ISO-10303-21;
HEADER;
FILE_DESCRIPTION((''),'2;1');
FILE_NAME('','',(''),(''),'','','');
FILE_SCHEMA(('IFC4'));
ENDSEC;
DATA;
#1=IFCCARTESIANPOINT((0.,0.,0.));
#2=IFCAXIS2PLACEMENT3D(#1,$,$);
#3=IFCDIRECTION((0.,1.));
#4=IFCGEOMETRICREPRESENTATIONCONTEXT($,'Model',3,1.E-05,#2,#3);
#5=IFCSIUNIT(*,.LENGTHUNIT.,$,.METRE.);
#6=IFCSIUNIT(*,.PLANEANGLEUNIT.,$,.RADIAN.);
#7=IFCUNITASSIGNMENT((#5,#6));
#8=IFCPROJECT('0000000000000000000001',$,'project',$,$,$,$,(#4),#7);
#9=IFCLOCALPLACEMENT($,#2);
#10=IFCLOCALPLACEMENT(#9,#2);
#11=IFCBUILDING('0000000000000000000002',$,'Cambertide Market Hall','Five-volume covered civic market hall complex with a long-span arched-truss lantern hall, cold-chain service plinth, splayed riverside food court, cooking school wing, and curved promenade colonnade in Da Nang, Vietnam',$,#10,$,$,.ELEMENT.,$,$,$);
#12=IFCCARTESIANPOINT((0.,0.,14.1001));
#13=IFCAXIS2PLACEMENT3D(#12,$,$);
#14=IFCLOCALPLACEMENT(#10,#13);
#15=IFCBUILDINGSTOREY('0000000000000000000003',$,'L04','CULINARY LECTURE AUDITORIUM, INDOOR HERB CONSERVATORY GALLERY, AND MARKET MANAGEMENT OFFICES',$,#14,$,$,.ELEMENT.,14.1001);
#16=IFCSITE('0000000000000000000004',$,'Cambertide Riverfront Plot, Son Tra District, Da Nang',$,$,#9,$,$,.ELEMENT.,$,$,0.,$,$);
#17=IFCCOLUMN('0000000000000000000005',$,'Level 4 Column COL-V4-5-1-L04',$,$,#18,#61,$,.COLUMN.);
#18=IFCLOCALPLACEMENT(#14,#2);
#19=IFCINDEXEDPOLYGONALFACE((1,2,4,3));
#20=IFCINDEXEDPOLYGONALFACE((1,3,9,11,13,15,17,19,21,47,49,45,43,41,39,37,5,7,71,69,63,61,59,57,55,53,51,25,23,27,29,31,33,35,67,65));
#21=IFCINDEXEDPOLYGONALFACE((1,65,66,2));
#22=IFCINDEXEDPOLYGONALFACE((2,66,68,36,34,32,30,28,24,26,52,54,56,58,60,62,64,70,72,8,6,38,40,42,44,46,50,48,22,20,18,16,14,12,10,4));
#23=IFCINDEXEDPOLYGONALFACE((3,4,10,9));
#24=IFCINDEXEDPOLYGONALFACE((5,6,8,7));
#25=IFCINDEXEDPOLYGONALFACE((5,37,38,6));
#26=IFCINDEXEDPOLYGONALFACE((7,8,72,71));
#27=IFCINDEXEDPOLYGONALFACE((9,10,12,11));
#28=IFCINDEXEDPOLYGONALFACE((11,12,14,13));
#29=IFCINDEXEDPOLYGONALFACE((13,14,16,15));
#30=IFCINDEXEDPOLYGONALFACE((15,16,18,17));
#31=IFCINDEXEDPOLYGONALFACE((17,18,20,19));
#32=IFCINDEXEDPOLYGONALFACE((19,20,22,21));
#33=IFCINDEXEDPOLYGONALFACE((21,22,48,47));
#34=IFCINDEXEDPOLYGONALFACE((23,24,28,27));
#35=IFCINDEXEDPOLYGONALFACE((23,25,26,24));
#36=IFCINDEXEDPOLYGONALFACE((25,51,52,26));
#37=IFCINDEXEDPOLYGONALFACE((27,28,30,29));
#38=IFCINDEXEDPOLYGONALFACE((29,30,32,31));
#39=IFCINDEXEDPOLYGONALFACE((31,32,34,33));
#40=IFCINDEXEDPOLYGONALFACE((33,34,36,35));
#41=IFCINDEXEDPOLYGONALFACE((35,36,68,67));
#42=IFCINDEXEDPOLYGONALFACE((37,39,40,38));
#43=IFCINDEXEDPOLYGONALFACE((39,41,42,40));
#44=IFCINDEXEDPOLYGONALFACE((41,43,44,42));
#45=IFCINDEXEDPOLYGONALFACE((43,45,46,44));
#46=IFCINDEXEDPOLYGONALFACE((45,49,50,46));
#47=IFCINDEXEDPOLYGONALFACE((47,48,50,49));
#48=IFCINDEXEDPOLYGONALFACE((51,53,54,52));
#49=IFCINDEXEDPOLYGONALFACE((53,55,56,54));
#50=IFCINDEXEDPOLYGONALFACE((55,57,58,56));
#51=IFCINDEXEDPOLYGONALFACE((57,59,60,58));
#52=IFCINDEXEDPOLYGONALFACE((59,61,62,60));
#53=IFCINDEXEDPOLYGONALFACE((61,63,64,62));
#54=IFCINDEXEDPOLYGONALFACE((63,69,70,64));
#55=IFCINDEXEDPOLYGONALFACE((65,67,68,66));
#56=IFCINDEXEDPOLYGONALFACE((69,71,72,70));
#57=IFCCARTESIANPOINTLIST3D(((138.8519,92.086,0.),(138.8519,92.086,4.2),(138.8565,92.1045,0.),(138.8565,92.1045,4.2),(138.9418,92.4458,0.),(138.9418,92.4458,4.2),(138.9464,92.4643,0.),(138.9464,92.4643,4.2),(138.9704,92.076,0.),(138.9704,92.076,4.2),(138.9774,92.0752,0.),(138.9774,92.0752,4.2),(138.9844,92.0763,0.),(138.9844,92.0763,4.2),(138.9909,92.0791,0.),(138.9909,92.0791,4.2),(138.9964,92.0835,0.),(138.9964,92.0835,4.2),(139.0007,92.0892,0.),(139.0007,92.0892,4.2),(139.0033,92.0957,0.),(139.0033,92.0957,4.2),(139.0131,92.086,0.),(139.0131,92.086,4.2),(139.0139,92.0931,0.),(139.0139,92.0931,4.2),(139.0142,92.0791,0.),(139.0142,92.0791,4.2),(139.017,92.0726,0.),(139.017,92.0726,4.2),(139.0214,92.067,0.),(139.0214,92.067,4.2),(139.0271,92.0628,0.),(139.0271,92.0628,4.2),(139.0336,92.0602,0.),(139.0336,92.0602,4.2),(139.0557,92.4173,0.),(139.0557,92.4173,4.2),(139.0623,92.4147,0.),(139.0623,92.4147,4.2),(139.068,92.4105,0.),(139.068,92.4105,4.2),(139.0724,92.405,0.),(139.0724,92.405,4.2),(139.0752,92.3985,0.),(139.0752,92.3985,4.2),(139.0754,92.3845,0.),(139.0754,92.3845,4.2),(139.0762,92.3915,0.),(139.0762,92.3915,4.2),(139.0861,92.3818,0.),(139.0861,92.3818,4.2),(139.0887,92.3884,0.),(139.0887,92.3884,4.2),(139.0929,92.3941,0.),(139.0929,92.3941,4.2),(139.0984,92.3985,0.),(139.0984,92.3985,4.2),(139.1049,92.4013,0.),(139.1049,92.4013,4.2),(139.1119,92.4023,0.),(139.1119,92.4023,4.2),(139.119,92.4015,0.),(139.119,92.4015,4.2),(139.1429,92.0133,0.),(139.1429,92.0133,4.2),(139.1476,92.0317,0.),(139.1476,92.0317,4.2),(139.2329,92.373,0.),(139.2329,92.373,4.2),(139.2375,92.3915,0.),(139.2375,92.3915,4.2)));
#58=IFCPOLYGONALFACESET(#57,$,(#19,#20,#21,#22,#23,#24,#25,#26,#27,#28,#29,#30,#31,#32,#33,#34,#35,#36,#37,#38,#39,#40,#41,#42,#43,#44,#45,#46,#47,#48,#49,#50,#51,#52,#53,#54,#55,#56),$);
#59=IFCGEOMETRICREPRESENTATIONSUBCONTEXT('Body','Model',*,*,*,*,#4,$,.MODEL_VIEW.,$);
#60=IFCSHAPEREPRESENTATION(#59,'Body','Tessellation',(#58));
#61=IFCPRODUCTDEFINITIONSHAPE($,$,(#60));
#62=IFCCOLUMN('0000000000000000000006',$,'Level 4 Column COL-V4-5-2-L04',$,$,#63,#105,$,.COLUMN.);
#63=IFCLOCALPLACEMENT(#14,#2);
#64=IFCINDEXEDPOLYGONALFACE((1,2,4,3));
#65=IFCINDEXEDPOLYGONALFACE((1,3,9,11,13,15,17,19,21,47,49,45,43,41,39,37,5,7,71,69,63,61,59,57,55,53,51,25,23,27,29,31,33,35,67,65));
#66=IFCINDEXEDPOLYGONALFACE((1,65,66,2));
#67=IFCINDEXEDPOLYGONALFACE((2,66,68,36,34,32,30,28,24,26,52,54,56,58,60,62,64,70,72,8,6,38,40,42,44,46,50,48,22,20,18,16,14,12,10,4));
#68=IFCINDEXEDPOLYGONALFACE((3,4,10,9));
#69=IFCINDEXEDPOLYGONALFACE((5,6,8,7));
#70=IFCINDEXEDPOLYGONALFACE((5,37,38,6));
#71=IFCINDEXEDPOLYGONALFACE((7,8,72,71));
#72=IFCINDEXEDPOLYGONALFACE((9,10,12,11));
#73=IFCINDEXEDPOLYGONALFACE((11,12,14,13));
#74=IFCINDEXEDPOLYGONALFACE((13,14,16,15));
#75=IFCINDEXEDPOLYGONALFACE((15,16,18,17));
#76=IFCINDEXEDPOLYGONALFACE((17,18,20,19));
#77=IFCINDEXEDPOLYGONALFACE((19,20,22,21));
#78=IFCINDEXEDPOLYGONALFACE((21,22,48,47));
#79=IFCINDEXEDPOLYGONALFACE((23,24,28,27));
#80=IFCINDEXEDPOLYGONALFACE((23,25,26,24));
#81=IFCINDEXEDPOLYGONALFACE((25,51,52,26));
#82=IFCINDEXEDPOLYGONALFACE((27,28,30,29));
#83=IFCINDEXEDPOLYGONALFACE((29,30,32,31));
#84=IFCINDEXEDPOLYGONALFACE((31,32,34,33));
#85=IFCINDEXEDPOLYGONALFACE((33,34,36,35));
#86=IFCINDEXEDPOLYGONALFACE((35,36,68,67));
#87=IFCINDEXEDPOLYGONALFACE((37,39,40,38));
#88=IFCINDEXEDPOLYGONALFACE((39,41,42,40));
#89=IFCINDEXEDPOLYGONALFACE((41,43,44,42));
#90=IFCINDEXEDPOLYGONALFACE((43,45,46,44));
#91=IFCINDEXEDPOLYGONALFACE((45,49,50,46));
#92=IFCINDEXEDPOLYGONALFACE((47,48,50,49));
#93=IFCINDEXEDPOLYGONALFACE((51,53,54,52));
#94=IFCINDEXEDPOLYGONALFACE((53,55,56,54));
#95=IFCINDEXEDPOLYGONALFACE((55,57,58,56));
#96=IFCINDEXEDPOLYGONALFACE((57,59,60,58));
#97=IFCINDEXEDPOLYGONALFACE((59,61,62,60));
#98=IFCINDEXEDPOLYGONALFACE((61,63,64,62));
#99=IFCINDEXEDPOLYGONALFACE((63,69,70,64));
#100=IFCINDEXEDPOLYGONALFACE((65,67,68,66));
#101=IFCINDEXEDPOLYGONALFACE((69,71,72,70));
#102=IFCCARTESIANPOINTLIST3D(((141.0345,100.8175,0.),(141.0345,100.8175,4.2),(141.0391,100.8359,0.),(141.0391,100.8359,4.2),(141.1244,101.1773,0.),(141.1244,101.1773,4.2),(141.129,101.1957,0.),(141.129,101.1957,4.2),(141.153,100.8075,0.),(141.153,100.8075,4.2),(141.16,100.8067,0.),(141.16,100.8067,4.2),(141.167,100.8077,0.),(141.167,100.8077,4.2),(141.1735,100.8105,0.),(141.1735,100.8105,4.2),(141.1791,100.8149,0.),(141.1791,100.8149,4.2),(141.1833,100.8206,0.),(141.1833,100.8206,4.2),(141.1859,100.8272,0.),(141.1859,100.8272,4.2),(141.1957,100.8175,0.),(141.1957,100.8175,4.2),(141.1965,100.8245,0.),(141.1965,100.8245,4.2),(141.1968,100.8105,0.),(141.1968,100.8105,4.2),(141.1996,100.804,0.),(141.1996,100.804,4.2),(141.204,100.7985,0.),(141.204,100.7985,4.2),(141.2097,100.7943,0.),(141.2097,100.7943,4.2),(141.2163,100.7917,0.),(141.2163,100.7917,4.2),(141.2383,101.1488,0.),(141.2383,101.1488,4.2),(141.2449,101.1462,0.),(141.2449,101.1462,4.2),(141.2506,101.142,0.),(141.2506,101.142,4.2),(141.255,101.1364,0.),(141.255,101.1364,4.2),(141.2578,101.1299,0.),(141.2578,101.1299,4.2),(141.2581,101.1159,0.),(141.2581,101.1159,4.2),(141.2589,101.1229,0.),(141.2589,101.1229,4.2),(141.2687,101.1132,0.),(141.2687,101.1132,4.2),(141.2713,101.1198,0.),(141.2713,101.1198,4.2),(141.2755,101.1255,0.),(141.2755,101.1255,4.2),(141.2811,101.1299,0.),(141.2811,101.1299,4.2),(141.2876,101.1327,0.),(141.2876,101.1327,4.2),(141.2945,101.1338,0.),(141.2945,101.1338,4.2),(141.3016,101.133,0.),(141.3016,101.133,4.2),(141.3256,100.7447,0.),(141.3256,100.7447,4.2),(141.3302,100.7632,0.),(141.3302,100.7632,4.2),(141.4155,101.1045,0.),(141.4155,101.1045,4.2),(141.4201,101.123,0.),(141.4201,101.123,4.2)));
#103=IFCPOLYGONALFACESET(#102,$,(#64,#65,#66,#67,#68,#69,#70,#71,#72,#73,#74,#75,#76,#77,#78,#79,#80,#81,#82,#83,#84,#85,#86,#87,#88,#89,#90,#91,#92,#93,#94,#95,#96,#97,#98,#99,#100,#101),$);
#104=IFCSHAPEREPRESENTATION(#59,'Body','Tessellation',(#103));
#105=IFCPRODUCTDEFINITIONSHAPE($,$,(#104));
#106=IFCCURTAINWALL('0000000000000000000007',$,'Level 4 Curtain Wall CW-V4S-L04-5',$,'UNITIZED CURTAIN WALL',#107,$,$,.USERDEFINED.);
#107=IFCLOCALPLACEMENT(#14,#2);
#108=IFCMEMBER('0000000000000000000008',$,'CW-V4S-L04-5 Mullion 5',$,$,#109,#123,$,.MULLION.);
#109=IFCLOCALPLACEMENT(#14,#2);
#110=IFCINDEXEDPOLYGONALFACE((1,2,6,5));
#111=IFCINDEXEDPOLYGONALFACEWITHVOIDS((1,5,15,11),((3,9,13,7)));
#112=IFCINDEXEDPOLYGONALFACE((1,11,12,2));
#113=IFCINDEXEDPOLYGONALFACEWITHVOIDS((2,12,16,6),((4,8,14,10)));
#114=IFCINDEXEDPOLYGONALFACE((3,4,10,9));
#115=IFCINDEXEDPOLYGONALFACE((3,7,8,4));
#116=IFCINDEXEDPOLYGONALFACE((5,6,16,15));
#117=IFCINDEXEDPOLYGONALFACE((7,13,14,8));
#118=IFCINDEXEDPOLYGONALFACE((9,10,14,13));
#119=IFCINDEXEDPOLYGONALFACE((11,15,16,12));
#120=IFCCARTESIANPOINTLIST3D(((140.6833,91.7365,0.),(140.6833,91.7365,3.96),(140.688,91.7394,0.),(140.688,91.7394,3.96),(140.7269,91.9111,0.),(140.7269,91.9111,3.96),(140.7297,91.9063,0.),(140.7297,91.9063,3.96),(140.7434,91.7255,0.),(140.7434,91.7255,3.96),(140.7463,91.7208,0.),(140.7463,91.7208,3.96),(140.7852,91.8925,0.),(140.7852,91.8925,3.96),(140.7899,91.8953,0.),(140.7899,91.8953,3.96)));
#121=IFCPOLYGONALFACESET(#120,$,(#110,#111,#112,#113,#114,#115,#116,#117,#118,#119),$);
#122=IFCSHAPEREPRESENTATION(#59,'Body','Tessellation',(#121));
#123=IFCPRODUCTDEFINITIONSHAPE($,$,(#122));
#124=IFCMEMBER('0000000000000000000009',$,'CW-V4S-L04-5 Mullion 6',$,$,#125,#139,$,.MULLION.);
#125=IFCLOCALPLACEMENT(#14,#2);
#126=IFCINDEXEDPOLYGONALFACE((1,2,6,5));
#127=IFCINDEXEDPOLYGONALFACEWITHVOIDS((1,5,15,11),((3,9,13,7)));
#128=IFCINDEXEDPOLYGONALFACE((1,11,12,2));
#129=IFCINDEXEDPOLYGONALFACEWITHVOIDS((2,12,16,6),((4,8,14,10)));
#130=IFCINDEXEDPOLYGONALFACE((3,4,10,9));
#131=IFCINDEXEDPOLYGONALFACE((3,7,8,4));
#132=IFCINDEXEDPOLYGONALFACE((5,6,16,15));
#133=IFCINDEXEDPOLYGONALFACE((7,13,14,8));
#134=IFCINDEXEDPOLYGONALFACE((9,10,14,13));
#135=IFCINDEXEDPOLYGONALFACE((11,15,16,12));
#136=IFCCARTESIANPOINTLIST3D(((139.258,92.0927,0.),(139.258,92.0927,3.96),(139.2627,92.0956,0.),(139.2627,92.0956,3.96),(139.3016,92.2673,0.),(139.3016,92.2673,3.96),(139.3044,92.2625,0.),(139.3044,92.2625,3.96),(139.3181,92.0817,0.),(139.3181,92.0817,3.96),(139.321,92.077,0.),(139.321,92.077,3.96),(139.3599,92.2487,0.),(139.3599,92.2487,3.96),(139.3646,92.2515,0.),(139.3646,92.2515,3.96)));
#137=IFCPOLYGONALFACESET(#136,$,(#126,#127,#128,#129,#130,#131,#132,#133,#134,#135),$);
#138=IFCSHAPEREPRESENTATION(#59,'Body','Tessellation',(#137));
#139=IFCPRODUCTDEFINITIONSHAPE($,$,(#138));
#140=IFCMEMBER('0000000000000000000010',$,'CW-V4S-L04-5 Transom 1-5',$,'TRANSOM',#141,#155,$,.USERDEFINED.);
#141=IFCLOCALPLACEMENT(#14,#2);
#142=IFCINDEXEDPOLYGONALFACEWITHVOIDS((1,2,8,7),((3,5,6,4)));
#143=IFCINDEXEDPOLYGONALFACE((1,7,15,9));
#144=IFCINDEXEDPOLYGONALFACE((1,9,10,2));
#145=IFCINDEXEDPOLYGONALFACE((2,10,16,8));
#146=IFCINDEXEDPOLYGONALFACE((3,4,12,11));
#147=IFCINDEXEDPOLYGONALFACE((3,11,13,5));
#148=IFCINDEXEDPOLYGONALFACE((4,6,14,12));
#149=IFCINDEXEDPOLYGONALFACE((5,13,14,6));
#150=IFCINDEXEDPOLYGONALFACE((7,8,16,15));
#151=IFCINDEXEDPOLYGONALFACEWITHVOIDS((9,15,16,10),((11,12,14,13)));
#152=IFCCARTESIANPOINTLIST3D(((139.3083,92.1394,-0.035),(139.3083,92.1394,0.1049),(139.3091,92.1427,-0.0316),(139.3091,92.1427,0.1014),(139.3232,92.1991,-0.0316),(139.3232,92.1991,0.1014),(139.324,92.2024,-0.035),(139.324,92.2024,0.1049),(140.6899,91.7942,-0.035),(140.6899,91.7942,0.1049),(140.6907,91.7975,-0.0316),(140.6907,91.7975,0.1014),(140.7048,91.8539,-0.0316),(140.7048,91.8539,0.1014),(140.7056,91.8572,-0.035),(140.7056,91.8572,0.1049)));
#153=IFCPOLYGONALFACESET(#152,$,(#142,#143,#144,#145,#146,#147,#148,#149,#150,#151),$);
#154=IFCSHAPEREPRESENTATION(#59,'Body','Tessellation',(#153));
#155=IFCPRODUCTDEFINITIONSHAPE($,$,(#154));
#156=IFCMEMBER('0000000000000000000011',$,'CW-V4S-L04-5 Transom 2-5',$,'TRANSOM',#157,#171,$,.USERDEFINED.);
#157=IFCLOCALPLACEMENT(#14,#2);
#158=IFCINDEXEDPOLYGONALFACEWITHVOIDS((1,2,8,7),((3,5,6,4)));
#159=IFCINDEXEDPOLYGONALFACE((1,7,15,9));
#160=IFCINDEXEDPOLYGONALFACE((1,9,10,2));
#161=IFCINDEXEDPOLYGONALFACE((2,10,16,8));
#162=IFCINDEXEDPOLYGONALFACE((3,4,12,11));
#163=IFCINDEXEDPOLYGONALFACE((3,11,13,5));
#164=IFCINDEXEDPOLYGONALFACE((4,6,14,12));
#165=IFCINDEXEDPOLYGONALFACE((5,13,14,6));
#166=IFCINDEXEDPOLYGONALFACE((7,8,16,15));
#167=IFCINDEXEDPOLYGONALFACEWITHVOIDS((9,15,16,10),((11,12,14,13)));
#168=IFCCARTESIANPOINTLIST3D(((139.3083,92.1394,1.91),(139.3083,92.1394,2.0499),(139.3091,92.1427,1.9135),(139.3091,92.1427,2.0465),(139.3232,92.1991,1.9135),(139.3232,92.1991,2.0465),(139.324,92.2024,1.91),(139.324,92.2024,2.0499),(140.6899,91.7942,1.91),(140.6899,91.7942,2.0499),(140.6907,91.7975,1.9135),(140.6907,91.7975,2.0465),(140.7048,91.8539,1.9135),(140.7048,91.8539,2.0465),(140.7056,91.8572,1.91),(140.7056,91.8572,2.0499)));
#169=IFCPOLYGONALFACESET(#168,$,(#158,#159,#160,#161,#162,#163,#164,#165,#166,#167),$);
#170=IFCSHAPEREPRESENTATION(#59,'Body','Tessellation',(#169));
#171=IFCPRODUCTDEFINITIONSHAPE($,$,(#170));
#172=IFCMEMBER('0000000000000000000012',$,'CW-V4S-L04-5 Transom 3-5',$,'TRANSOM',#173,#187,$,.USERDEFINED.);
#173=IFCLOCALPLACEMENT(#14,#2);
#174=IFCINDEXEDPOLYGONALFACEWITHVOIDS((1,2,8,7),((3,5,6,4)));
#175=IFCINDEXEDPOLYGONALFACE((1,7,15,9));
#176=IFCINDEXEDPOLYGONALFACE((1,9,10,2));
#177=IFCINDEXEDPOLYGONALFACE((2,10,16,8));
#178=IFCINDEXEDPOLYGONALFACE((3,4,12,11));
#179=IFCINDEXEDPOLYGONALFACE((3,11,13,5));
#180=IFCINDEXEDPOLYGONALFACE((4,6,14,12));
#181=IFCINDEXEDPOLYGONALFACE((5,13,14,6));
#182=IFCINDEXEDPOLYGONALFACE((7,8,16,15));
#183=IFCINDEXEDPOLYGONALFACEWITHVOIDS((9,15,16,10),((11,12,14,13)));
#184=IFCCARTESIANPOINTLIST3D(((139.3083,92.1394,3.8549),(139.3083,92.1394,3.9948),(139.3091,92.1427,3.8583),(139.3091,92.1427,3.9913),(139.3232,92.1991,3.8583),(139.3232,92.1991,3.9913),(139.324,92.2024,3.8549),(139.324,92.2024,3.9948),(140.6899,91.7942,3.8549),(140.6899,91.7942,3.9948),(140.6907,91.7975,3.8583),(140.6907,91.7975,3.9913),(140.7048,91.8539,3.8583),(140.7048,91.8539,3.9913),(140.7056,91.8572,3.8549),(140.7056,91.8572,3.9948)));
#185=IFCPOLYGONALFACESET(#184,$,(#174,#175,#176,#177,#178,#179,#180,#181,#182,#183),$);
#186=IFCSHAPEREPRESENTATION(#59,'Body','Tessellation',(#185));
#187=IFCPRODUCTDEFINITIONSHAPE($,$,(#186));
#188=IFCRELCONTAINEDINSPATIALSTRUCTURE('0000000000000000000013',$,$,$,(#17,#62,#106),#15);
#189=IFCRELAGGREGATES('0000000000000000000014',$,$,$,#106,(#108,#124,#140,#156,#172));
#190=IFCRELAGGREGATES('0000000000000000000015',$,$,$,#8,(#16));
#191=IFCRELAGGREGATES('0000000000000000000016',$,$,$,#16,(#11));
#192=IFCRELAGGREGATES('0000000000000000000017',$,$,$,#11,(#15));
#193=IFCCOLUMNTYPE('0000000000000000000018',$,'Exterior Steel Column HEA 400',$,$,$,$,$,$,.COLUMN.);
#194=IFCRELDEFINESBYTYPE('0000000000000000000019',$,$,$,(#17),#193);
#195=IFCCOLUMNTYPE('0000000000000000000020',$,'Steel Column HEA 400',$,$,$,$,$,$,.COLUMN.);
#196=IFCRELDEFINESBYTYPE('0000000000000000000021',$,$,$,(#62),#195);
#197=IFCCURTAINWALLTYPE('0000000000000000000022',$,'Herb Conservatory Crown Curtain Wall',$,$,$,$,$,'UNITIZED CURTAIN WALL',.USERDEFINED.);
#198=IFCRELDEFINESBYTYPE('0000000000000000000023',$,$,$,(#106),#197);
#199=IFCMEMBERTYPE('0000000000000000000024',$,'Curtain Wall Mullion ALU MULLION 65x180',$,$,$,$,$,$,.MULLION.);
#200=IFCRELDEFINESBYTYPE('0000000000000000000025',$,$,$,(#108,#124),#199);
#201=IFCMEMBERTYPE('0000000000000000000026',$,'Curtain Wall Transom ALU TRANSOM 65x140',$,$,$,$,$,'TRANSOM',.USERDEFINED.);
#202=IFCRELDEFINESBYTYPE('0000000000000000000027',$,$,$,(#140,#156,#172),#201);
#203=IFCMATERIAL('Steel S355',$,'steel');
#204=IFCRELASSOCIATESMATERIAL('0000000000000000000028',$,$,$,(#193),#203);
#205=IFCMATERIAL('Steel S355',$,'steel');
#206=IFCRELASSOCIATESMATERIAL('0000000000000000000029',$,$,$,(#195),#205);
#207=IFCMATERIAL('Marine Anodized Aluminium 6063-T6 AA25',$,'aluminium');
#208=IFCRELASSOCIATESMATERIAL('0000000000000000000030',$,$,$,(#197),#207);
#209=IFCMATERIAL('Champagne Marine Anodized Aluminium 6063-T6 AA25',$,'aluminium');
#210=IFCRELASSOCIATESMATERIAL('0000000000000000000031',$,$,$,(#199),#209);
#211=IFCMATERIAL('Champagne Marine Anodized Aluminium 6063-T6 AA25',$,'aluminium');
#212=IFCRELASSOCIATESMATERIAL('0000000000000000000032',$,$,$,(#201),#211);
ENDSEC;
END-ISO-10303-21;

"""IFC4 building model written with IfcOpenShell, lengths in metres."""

from ifc_helpers import new_model, si_unit, direction, frame, origin, origin_2d, place, context, subcontext, project, spatial, hollow_rectangle, i_section, extrude, material, material_profile, profile_set, type_object, element, aggregate, save


model = new_model("IFC4")

# Units and contexts
model_context = context("Model", 3, precision=1e-05, world=origin(), true_north=direction((0.0, 1.0)))
body_context = subcontext(model_context, "Body", "Model", "MODEL_VIEW")
ifc_project = project(units=[si_unit("LENGTHUNIT", "METRE"), si_unit("PLANEANGLEUNIT", "RADIAN")], contexts=[model_context])

# Site, building, storey
site_placement = place(None, origin())
site = spatial("IfcSite", under=ifc_project, at=site_placement, Name="Cambertide Riverfront Plot, Son Tra District, Da Nang", CompositionType="ELEMENT", RefElevation=0.0)
building_placement = place(site_placement, origin())
building = spatial("IfcBuilding", under=site, at=building_placement, Name="Cambertide Market Hall", Description="Five-volume covered civic market hall complex with a long-span arched-truss lantern hall, cold-chain service plinth, splayed riverside food court, cooking school wing, and curved promenade colonnade in Da Nang, Vietnam", CompositionType="ELEMENT")
storey_placement = place(building_placement, frame((0.0, 0.0, 14.1001)))
storey = spatial("IfcBuildingStorey", under=building, at=storey_placement, Name="L04", Description="CULINARY LECTURE AUDITORIUM, INDOOR HERB CONSERVATORY GALLERY, AND MARKET MANAGEMENT OFFICES", CompositionType="ELEMENT", Elevation=14.1001)

# Columns
ifc_material_1 = material(Name="Steel S355", Category="steel")
ifc_material_profile_1 = material_profile(ifc_material_1, i_section(OverallWidth=0.3, OverallDepth=0.3899, WebThickness=0.011, FlangeThickness=0.019, FilletRadius=0.0271, at=origin_2d()), Name="HEA 400")
ifc_profile_set_1 = profile_set([ifc_material_profile_1], Name="Steel S355")
column_type_1 = type_object("IfcColumnType", Name="Exterior Steel Column HEA 400", PredefinedType="COLUMN", material=ifc_profile_set_1)
column_1_placement = place(storey_placement, frame((139.0447, 92.2388, 0.0), z_axis=(0.0, 0.0, 1.0), x_axis=(0.970143, -0.242536, 0.0)))
element("IfcColumn", 1, at=column_1_placement, inside=storey, type_object=column_type_1, Name="Level 4 Column COL-V4-5-1-L04", PredefinedType="COLUMN", context=body_context, shape_type="SweptSolid", body=[
    extrude(i_section(OverallWidth=0.3, OverallDepth=0.3899, WebThickness=0.011, FlangeThickness=0.019, FilletRadius=0.0271, at=origin_2d()), origin(), (0.0, 0.0, 1.0), 4.2),
])
ifc_material_2 = material(Name="Steel S355", Category="steel")
ifc_material_profile_2 = material_profile(ifc_material_2, i_section(OverallWidth=0.3, OverallDepth=0.3899, WebThickness=0.011, FlangeThickness=0.019, FilletRadius=0.0271, at=origin_2d()), Name="HEA 400")
ifc_profile_set_2 = profile_set([ifc_material_profile_2], Name="Steel S355")
column_type_2 = type_object("IfcColumnType", Name="Steel Column HEA 400", PredefinedType="COLUMN", material=ifc_profile_set_2)
column_2_placement = place(storey_placement, frame((141.2273, 100.9702, 0.0), z_axis=(0.0, 0.0, 1.0), x_axis=(0.970143, -0.242536, 0.0)))
element("IfcColumn", 2, at=column_2_placement, inside=storey, type_object=column_type_2, Name="Level 4 Column COL-V4-5-2-L04", PredefinedType="COLUMN", context=body_context, shape_type="SweptSolid", body=[
    extrude(i_section(OverallWidth=0.3, OverallDepth=0.3899, WebThickness=0.011, FlangeThickness=0.019, FilletRadius=0.0271, at=origin_2d()), origin(), (0.0, 0.0, 1.0), 4.2),
])

# Curtain wall, members
ifc_material_3 = material(Name="Marine Anodized Aluminium 6063-T6 AA25", Category="aluminium")
curtain_wall_type = type_object("IfcCurtainWallType", Name="Herb Conservatory Crown Curtain Wall", ElementType="UNITIZED CURTAIN WALL", PredefinedType="USERDEFINED", material=ifc_material_3)
curtain_wall_placement = place(storey_placement, origin())
curtain_wall = element("IfcCurtainWall", 3, at=curtain_wall_placement, inside=storey, type_object=curtain_wall_type, Name="Level 4 Curtain Wall CW-V4S-L04-5", ObjectType="UNITIZED CURTAIN WALL", PredefinedType="USERDEFINED")
ifc_material_4 = material(Name="Champagne Marine Anodized Aluminium 6063-T6 AA25", Category="aluminium")
ifc_material_profile_3 = material_profile(ifc_material_4, hollow_rectangle(XDim=0.0649, YDim=0.1799, WallThickness=0.0039, at=origin_2d()), Name="ALU MULLION 65x180")
ifc_profile_set_3 = profile_set([ifc_material_profile_3], Name="Champagne Marine Anodized Aluminium 6063-T6 AA25")
member_type_1 = type_object("IfcMemberType", Name="Curtain Wall Mullion ALU MULLION 65x180", PredefinedType="MULLION", material=ifc_profile_set_3)
member_1_placement = place(storey_placement, frame((140.7366, 91.8159, 0.0), z_axis=(0.0, 0.0, 1.0), x_axis=(-0.970143, 0.242535, 0.0)))
member_1 = element("IfcMember", 4, at=member_1_placement, type_object=member_type_1, Name="CW-V4S-L04-5 Mullion 5", PredefinedType="MULLION", context=body_context, shape_type="SweptSolid", body=[
    extrude(hollow_rectangle(XDim=0.0649, YDim=0.1799, WallThickness=0.0039, at=origin_2d()), origin(), (0.0, 0.0, 1.0), 3.96),
])
member_2_placement = place(storey_placement, frame((139.3113, 92.1721, 0.0), z_axis=(0.0, 0.0, 1.0), x_axis=(-0.970143, 0.242535, 0.0)))
member_2 = element("IfcMember", 5, at=member_2_placement, type_object=member_type_1, Name="CW-V4S-L04-5 Mullion 6", PredefinedType="MULLION", context=body_context, shape_type="SweptSolid", body=[
    extrude(hollow_rectangle(XDim=0.0649, YDim=0.1799, WallThickness=0.0039, at=origin_2d()), origin(), (0.0, 0.0, 1.0), 3.96),
])
ifc_material_5 = material(Name="Champagne Marine Anodized Aluminium 6063-T6 AA25", Category="aluminium")
ifc_material_profile_4 = material_profile(ifc_material_5, hollow_rectangle(XDim=0.0649, YDim=0.1399, WallThickness=0.0034, at=origin_2d()), Name="ALU TRANSOM 65x140")
ifc_profile_set_4 = profile_set([ifc_material_profile_4], Name="Champagne Marine Anodized Aluminium 6063-T6 AA25")
member_type_2 = type_object("IfcMemberType", Name="Curtain Wall Transom ALU TRANSOM 65x140", ElementType="TRANSOM", PredefinedType="USERDEFINED", material=ifc_profile_set_4)
member_3_placement = place(storey_placement, frame((140.6978, 91.8257, 0.0349), z_axis=(-0.970173, 0.242415, 0.0), x_axis=(-0.242415, -0.970173, 0.0)))
member_3 = element("IfcMember", 6, at=member_3_placement, type_object=member_type_2, Name="CW-V4S-L04-5 Transom 1-5", ObjectType="TRANSOM", PredefinedType="USERDEFINED", context=body_context, shape_type="SweptSolid", body=[
    extrude(hollow_rectangle(XDim=0.0649, YDim=0.1399, WallThickness=0.0034, at=origin_2d()), origin(), (0.0, 0.0, 1.0), 1.4241),
])
member_4_placement = place(storey_placement, frame((140.6978, 91.8257, 1.98), z_axis=(-0.970173, 0.242415, 0.0), x_axis=(-0.242415, -0.970173, 0.0)))
member_4 = element("IfcMember", 7, at=member_4_placement, type_object=member_type_2, Name="CW-V4S-L04-5 Transom 2-5", ObjectType="TRANSOM", PredefinedType="USERDEFINED", context=body_context, shape_type="SweptSolid", body=[
    extrude(hollow_rectangle(XDim=0.0649, YDim=0.1399, WallThickness=0.0034, at=origin_2d()), origin(), (0.0, 0.0, 1.0), 1.4241),
])
member_5_placement = place(storey_placement, frame((140.6978, 91.8257, 3.9248), z_axis=(-0.970173, 0.242415, 0.0), x_axis=(-0.242415, -0.970173, 0.0)))
member_5 = element("IfcMember", 8, at=member_5_placement, type_object=member_type_2, Name="CW-V4S-L04-5 Transom 3-5", ObjectType="TRANSOM", PredefinedType="USERDEFINED", context=body_context, shape_type="SweptSolid", body=[
    extrude(hollow_rectangle(XDim=0.0649, YDim=0.1399, WallThickness=0.0034, at=origin_2d()), origin(), (0.0, 0.0, 1.0), 1.4241),
])

aggregate(curtain_wall, [member_1, member_2, member_3, member_4, member_5])

save(model, "model.ifc")
